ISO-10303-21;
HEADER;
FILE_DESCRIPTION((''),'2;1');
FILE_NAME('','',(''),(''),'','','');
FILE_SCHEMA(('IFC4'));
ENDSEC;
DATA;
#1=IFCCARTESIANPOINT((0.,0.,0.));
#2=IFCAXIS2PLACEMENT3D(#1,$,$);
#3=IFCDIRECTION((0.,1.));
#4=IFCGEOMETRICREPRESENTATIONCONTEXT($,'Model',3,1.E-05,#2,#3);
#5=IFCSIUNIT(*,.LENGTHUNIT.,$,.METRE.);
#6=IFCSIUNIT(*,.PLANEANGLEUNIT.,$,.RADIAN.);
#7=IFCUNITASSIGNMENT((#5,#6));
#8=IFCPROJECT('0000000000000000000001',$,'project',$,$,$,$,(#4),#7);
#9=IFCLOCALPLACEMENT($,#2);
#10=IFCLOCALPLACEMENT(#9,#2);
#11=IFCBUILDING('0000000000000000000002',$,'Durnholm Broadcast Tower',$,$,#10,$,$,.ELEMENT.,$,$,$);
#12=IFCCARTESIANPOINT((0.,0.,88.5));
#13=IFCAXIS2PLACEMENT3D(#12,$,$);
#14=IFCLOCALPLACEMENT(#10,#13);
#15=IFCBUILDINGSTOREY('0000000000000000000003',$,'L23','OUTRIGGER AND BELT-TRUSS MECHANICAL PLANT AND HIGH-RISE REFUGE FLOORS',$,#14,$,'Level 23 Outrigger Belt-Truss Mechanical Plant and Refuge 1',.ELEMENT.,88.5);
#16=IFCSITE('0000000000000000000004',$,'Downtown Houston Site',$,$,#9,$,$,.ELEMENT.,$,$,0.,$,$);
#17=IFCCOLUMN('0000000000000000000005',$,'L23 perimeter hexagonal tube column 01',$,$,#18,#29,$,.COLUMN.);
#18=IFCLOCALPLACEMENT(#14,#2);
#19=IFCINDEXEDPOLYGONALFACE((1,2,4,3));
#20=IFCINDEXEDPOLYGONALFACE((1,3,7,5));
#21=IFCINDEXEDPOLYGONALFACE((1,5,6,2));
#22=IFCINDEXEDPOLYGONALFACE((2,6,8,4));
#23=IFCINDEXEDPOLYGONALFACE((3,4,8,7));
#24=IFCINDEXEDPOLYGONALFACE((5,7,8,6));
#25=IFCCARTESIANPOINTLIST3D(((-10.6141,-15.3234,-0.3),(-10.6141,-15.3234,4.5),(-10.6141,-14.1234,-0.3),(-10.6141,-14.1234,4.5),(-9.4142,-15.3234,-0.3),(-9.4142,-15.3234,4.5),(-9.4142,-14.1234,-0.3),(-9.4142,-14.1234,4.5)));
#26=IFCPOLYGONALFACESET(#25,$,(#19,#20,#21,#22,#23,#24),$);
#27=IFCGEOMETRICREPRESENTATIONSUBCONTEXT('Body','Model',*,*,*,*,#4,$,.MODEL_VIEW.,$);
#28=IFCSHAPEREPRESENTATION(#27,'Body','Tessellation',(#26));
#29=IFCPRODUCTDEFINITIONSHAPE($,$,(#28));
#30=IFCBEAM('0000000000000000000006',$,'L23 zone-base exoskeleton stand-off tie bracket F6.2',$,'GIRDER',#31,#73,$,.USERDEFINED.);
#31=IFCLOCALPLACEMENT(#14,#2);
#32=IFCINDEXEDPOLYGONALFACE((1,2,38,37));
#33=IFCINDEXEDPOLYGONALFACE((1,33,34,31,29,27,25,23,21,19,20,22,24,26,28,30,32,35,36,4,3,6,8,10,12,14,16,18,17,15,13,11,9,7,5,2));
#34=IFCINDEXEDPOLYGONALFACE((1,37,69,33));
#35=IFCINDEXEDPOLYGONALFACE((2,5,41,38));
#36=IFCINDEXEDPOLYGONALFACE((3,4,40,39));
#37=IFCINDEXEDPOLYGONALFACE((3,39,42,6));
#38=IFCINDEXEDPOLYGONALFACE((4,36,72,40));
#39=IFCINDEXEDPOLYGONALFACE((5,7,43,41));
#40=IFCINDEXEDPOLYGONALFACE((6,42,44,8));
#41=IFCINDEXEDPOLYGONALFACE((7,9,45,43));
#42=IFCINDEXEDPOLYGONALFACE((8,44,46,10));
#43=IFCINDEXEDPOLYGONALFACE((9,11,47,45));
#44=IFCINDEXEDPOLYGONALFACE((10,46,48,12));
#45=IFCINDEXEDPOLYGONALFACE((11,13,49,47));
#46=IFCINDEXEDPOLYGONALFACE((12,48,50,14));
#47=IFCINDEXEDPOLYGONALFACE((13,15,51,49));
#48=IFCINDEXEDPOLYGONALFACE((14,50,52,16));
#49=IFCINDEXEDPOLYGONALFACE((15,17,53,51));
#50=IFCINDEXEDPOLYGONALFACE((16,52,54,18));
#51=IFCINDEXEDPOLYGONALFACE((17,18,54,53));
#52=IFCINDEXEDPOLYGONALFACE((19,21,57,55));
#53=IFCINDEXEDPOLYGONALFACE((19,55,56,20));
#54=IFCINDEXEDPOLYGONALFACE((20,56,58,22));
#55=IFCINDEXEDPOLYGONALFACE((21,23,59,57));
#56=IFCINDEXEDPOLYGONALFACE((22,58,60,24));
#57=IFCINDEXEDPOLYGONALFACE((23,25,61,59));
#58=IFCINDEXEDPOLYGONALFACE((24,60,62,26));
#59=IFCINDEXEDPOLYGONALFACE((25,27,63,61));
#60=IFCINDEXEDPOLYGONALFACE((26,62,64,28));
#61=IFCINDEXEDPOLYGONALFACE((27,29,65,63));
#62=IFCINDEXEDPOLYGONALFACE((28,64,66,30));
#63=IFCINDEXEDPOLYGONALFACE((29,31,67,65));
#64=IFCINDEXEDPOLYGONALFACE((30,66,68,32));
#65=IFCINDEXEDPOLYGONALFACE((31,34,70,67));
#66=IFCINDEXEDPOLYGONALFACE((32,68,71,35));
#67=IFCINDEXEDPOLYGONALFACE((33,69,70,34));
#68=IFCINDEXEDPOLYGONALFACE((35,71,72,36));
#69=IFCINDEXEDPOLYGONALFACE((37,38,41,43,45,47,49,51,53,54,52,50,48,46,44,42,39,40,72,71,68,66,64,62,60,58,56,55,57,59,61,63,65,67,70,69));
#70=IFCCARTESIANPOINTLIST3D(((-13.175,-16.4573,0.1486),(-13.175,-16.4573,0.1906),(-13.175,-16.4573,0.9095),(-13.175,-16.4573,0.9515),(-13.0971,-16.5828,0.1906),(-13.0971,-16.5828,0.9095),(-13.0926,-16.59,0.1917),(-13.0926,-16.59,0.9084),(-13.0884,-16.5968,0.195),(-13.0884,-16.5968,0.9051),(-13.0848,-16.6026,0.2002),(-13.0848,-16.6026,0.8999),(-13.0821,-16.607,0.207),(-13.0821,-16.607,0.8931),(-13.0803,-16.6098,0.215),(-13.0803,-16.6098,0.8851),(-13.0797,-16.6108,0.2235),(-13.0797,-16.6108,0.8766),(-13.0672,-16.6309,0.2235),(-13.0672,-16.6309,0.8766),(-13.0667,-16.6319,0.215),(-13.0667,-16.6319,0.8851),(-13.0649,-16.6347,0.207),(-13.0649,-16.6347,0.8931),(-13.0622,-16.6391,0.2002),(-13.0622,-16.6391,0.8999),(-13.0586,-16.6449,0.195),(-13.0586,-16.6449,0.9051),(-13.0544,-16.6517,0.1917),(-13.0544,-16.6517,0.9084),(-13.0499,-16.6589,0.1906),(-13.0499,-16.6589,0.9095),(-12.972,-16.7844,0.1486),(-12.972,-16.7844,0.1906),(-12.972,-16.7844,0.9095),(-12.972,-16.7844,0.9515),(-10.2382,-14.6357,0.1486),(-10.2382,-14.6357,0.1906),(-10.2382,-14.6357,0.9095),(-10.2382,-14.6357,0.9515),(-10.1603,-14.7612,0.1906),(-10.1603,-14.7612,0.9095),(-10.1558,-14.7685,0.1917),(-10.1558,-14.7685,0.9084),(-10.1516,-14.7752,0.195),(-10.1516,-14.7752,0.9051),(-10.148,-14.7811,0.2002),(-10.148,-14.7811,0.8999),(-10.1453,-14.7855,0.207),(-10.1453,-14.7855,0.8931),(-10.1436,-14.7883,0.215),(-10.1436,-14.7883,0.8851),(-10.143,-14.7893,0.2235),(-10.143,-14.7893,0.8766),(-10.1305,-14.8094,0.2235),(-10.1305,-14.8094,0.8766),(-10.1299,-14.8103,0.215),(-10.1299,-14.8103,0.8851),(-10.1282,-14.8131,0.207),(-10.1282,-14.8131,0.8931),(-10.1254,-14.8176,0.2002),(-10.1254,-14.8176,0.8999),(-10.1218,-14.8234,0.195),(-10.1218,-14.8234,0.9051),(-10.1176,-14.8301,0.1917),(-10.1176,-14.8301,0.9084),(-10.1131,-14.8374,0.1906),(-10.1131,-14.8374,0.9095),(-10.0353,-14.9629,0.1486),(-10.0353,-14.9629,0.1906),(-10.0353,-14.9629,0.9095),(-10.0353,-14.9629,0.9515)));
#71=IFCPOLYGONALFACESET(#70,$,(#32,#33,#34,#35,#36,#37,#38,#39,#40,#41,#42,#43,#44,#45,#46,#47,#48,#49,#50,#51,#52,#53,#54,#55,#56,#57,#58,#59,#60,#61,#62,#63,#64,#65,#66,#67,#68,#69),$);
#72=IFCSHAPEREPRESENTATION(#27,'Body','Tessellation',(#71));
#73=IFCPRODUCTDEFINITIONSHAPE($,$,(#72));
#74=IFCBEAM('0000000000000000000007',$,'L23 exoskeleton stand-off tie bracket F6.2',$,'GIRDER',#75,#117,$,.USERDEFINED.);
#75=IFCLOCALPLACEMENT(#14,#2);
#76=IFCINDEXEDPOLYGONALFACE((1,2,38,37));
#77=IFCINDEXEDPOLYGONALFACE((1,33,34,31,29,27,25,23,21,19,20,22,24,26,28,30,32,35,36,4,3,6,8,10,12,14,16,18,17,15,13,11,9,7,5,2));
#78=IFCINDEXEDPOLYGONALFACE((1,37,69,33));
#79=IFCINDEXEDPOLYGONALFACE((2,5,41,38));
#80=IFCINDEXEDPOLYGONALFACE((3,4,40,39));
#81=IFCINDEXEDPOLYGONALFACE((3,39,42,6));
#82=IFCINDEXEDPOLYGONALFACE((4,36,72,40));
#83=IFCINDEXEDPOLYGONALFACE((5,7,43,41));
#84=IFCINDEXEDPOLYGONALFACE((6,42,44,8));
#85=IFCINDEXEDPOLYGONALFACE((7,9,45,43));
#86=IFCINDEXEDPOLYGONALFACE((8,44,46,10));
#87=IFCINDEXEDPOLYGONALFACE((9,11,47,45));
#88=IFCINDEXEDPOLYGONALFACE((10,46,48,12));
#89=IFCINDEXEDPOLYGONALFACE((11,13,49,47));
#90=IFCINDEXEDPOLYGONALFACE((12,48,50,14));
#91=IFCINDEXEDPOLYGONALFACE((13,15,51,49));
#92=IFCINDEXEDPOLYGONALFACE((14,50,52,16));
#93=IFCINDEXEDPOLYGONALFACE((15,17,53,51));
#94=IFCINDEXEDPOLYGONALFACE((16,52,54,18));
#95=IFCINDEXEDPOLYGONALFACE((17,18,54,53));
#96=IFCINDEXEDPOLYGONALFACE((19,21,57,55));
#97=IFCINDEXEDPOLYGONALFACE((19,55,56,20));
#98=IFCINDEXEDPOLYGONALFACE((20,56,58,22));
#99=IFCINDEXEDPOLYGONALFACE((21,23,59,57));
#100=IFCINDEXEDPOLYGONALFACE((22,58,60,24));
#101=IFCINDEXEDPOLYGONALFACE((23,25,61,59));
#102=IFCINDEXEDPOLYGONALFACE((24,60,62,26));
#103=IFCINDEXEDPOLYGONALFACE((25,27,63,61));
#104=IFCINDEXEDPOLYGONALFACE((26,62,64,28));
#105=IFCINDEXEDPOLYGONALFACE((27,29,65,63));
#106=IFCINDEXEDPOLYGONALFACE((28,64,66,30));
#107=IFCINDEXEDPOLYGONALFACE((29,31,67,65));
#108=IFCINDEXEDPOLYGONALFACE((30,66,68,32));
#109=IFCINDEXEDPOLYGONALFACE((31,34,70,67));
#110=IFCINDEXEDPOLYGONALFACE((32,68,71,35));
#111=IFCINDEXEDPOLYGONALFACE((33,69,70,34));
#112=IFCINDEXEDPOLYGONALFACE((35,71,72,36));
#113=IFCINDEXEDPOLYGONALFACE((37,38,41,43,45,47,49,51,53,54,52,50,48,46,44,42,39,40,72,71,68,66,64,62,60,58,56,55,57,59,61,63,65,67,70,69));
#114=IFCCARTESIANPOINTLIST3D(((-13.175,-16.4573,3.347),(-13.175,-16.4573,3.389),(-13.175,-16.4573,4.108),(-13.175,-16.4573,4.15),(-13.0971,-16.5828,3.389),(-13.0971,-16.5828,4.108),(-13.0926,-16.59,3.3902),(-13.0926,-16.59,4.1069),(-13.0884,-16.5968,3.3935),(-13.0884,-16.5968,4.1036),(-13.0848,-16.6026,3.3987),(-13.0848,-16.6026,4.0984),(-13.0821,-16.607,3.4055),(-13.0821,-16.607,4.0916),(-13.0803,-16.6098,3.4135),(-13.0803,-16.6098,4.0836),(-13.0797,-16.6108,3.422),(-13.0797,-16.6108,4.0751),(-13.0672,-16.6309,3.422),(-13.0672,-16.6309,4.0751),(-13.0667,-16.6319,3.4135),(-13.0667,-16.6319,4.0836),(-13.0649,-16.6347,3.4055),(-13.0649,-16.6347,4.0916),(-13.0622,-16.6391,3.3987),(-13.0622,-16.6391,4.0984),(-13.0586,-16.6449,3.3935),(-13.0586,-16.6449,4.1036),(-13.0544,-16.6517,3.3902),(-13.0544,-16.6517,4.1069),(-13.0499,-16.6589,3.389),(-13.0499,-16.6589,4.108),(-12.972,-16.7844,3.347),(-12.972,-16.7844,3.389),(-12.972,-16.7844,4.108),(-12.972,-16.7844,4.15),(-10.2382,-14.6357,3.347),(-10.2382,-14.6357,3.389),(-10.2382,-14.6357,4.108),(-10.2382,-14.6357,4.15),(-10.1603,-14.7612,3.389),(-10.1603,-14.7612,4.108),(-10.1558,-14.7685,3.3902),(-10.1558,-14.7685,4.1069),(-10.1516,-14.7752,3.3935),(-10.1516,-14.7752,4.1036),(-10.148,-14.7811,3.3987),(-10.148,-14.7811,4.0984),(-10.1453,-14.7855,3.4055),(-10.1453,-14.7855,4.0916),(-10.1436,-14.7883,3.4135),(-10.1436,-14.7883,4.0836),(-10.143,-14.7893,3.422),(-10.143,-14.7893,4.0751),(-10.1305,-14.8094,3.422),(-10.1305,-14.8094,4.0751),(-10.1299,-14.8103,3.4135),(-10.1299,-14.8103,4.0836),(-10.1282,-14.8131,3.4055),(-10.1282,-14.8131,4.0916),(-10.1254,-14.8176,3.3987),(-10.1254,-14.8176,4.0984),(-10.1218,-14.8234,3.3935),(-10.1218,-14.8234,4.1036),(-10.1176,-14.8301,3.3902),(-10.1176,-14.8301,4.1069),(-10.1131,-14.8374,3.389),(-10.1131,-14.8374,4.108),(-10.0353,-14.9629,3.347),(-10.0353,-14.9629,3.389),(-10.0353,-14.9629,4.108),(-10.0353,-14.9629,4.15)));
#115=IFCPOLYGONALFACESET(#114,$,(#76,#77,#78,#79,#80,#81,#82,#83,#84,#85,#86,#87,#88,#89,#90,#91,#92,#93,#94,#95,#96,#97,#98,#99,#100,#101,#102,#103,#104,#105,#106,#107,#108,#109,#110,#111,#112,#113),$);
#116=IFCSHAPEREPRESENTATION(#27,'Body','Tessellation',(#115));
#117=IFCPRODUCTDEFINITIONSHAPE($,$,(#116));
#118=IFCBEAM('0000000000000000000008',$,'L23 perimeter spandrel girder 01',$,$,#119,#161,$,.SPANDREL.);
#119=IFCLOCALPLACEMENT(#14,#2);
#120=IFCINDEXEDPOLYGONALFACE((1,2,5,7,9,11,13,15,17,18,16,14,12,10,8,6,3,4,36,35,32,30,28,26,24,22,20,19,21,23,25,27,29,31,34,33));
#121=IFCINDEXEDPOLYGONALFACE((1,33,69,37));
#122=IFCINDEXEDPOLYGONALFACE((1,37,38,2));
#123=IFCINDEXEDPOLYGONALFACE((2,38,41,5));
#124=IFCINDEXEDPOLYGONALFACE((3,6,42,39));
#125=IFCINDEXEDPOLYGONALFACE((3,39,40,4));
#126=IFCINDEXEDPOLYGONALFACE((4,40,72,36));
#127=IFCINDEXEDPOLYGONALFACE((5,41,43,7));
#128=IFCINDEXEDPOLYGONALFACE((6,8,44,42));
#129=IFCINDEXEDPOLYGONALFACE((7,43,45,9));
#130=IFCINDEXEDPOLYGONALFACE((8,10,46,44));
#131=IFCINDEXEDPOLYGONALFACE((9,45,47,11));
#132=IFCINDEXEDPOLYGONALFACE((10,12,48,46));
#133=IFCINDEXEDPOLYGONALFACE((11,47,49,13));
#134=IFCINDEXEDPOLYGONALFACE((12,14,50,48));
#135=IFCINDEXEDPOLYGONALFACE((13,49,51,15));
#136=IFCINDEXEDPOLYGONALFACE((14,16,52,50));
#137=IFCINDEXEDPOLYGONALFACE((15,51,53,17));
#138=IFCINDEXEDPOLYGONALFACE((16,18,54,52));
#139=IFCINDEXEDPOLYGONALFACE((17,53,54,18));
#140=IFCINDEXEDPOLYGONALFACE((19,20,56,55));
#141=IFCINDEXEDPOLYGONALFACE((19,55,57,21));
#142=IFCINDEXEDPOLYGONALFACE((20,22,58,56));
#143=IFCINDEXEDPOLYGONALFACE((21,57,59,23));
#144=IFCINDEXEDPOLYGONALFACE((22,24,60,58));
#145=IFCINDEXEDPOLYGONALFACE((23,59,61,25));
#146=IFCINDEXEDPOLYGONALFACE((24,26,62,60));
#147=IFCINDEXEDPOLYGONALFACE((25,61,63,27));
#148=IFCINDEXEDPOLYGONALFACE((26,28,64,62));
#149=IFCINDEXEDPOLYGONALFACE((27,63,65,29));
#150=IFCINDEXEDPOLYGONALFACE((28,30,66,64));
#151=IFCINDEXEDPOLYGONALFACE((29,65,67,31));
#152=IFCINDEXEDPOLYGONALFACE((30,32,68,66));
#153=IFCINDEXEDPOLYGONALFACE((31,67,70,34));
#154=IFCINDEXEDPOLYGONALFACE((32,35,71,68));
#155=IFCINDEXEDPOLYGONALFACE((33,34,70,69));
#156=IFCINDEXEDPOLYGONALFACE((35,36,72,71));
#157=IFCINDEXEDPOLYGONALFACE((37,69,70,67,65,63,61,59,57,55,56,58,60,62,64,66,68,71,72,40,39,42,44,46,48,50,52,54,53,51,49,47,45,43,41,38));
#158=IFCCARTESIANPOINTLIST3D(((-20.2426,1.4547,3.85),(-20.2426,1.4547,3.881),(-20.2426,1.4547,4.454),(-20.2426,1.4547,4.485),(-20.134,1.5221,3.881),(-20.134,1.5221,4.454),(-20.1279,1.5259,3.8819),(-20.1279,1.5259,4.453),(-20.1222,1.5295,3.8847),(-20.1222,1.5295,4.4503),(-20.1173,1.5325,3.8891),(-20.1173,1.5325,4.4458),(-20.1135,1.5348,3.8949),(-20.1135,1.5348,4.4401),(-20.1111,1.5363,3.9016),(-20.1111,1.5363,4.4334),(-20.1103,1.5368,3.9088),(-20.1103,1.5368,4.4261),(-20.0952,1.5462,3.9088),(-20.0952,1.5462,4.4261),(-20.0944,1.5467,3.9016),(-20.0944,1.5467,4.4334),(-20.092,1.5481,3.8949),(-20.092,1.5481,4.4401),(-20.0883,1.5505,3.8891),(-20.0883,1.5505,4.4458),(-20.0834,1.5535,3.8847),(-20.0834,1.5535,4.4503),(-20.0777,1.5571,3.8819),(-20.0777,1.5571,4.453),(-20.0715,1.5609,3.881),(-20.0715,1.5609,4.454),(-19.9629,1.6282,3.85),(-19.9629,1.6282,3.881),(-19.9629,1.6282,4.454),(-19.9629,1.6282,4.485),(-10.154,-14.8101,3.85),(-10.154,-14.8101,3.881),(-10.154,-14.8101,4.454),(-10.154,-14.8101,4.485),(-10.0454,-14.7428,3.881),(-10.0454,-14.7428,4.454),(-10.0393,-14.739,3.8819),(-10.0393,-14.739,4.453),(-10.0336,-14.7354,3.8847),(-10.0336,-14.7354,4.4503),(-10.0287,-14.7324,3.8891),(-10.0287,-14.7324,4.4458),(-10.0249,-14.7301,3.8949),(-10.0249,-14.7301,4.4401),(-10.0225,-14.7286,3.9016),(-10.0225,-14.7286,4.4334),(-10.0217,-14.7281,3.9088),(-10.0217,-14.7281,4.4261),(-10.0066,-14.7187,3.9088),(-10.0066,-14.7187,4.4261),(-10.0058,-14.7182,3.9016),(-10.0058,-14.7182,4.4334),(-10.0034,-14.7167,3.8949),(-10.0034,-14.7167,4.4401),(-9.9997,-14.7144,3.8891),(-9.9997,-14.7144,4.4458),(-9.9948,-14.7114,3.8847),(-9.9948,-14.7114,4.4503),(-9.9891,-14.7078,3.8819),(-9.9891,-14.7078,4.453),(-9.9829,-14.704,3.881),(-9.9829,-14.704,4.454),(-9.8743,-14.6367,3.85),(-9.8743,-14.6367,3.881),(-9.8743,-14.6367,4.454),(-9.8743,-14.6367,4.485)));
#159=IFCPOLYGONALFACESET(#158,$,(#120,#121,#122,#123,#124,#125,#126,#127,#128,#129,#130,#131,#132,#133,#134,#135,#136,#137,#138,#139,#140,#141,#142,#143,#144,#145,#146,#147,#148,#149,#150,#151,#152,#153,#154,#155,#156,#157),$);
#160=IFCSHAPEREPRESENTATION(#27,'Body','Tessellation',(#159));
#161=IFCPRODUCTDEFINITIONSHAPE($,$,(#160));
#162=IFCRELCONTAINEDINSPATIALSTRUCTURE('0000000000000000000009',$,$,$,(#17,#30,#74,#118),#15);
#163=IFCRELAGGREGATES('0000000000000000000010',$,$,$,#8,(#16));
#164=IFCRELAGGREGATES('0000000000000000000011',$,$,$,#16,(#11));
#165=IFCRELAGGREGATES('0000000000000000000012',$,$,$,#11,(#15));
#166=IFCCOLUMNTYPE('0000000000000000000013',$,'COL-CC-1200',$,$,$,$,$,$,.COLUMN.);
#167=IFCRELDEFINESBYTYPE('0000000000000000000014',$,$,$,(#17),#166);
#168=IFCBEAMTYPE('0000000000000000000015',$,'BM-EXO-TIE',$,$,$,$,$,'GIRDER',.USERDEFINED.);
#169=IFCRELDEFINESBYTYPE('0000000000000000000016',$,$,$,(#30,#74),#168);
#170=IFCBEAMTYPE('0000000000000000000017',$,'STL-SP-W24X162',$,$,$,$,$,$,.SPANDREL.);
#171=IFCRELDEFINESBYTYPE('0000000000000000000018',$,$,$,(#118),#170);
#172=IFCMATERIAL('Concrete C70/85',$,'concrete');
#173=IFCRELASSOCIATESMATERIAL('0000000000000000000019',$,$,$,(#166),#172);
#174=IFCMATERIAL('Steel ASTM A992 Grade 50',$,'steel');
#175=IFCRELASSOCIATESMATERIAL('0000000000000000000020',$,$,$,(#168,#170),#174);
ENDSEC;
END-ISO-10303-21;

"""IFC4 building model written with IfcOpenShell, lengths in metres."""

from ifc_helpers import new_model, si_unit, direction, frame, origin, origin_2d, place, context, subcontext, project, spatial, rectangle, i_section, extrude, source, transform, mapped, material, material_profile, profile_set, type_object, type_shapes, element, save


model = new_model("IFC4")

# Units and contexts
model_context = context("Model", 3, precision=1e-05, world=origin(), true_north=direction((0.0, 1.0)))
body_context = subcontext(model_context, "Body", "Model", "MODEL_VIEW")
ifc_project = project(units=[si_unit("LENGTHUNIT", "METRE"), si_unit("PLANEANGLEUNIT", "RADIAN")], contexts=[model_context])

# Site, building, storey
site_placement = place(None, origin())
site = spatial("IfcSite", under=ifc_project, at=site_placement, Name="Downtown Houston Site", CompositionType="ELEMENT", RefElevation=0.0)
building_placement = place(site_placement, origin())
building = spatial("IfcBuilding", under=site, at=building_placement, Name="Durnholm Broadcast Tower", CompositionType="ELEMENT")
storey_placement = place(building_placement, frame((0.0, 0.0, 88.5)))
storey = spatial("IfcBuildingStorey", under=building, at=storey_placement, Name="L23", Description="OUTRIGGER AND BELT-TRUSS MECHANICAL PLANT AND HIGH-RISE REFUGE FLOORS", LongName="Level 23 Outrigger Belt-Truss Mechanical Plant and Refuge 1", CompositionType="ELEMENT", Elevation=88.5)

# Column
ifc_material_1 = material(Name="Concrete C70/85", Category="concrete")
ifc_material_profile_1 = material_profile(ifc_material_1, rectangle(XDim=1.2, YDim=1.2, at=origin_2d()), Name="RC1200X1200")
ifc_profile_set_1 = profile_set([ifc_material_profile_1], Name="Concrete C70/85")
column_type = type_object("IfcColumnType", Name="COL-CC-1200", PredefinedType="COLUMN", material=ifc_profile_set_1)
shared_shape_1 = source(origin(), body_context, "Body", "SweptSolid", [
    extrude(rectangle(XDim=1.2, YDim=1.2, at=origin_2d()), origin(), (0.0, 0.0, 1.0), 4.8),
])
type_shapes(column_type, [shared_shape_1])
column_placement = place(storey_placement, frame((-10.0142, -14.7234, -0.3), z_axis=(0.0, 0.0, 1.0), x_axis=(1.0, 0.0, 0.0)))
element("IfcColumn", 1, at=column_placement, inside=storey, type_object=column_type, Name="L23 perimeter hexagonal tube column 01", PredefinedType="COLUMN", context=body_context, shape_type="MappedRepresentation", body=[
    mapped(shared_shape_1, transform((0.0, 0.0, 0.0), x_axis=(1.0, 0.0, 0.0), y_axis=(0.0, 1.0, 0.0), z_axis=(0.0, 0.0, 1.0), scale=1.0)),
])

# Beams
ifc_material_2 = material(Name="Steel ASTM A992 Grade 50", Category="steel")
ifc_material_profile_2 = material_profile(ifc_material_2, i_section(OverallWidth=0.385, OverallDepth=0.803, WebThickness=0.0237, FlangeThickness=0.042, FilletRadius=0.033, at=origin_2d()), Name="W30X261")
ifc_profile_set_2 = profile_set([ifc_material_profile_2], Name="Steel ASTM A992 Grade 50")
beam_type_1 = type_object("IfcBeamType", Name="BM-EXO-TIE", ElementType="GIRDER", PredefinedType="USERDEFINED", material=ifc_profile_set_2)
shared_shape_2 = source(origin(), body_context, "Body", "SweptSolid", [
    extrude(i_section(OverallWidth=0.385, OverallDepth=0.803, WebThickness=0.0237, FlangeThickness=0.042, FilletRadius=0.033, at=origin_2d()), origin(), (0.0, 0.0, 1.0), 3.4558),
])
type_shapes(beam_type_1, [shared_shape_2])
for number, where, z_axis, x_axis, name in (
    (2, (-10.1367, -14.7993, 0.55), (-0.849807, -0.527094, 0.0), (0.527094, -0.849807, 0.0), "L23 zone-base exoskeleton stand-off tie bracket F6.2"),
    (3, (-10.1367, -14.7993, 3.7485), (-0.849807, -0.527094, 0.0), (0.527094, -0.849807, 0.0), "L23 exoskeleton stand-off tie bracket F6.2"),
):
    element("IfcBeam", number, at=place(storey_placement, frame(where, z_axis=z_axis, x_axis=x_axis)), inside=storey, type_object=beam_type_1, Name=name, ObjectType="GIRDER", PredefinedType="USERDEFINED", context=body_context, shape_type="MappedRepresentation", body=[
        mapped(shared_shape_2, transform((0.0, 0.0, 0.0), x_axis=(1.0, 0.0, 0.0), y_axis=(0.0, 1.0, 0.0), z_axis=(0.0, 0.0, 1.0), scale=1.0)),
    ])
ifc_material_profile_3 = material_profile(ifc_material_2, i_section(OverallWidth=0.3291, OverallDepth=0.635, WebThickness=0.0178, FlangeThickness=0.031, FilletRadius=0.0278, at=origin_2d()), Name="W24X162")
ifc_profile_set_3 = profile_set([ifc_material_profile_3], Name="Steel ASTM A992 Grade 50")
beam_type_2 = type_object("IfcBeamType", Name="STL-SP-W24X162", PredefinedType="SPANDREL", material=ifc_profile_set_3)
shared_shape_3 = source(origin(), body_context, "Body", "SweptSolid", [
    extrude(i_section(OverallWidth=0.3291, OverallDepth=0.635, WebThickness=0.0178, FlangeThickness=0.031, FilletRadius=0.0278, at=origin_2d()), origin(), (0.0, 0.0, 1.0), 19.1396),
])
type_shapes(beam_type_2, [shared_shape_3])
beam_placement = place(storey_placement, frame((-10.0142, -14.7234, 4.1675), z_axis=(-0.527105, 0.8498, 0.0), x_axis=(-0.8498, -0.527105, 0.0)))
element("IfcBeam", 4, at=beam_placement, inside=storey, type_object=beam_type_2, Name="L23 perimeter spandrel girder 01", PredefinedType="SPANDREL", context=body_context, shape_type="MappedRepresentation", body=[
    mapped(shared_shape_3, transform((0.0, 0.0, 0.0), x_axis=(1.0, 0.0, 0.0), y_axis=(0.0, 1.0, 0.0), z_axis=(0.0, 0.0, 1.0), scale=1.0)),
])

save(model, "model.ifc")
